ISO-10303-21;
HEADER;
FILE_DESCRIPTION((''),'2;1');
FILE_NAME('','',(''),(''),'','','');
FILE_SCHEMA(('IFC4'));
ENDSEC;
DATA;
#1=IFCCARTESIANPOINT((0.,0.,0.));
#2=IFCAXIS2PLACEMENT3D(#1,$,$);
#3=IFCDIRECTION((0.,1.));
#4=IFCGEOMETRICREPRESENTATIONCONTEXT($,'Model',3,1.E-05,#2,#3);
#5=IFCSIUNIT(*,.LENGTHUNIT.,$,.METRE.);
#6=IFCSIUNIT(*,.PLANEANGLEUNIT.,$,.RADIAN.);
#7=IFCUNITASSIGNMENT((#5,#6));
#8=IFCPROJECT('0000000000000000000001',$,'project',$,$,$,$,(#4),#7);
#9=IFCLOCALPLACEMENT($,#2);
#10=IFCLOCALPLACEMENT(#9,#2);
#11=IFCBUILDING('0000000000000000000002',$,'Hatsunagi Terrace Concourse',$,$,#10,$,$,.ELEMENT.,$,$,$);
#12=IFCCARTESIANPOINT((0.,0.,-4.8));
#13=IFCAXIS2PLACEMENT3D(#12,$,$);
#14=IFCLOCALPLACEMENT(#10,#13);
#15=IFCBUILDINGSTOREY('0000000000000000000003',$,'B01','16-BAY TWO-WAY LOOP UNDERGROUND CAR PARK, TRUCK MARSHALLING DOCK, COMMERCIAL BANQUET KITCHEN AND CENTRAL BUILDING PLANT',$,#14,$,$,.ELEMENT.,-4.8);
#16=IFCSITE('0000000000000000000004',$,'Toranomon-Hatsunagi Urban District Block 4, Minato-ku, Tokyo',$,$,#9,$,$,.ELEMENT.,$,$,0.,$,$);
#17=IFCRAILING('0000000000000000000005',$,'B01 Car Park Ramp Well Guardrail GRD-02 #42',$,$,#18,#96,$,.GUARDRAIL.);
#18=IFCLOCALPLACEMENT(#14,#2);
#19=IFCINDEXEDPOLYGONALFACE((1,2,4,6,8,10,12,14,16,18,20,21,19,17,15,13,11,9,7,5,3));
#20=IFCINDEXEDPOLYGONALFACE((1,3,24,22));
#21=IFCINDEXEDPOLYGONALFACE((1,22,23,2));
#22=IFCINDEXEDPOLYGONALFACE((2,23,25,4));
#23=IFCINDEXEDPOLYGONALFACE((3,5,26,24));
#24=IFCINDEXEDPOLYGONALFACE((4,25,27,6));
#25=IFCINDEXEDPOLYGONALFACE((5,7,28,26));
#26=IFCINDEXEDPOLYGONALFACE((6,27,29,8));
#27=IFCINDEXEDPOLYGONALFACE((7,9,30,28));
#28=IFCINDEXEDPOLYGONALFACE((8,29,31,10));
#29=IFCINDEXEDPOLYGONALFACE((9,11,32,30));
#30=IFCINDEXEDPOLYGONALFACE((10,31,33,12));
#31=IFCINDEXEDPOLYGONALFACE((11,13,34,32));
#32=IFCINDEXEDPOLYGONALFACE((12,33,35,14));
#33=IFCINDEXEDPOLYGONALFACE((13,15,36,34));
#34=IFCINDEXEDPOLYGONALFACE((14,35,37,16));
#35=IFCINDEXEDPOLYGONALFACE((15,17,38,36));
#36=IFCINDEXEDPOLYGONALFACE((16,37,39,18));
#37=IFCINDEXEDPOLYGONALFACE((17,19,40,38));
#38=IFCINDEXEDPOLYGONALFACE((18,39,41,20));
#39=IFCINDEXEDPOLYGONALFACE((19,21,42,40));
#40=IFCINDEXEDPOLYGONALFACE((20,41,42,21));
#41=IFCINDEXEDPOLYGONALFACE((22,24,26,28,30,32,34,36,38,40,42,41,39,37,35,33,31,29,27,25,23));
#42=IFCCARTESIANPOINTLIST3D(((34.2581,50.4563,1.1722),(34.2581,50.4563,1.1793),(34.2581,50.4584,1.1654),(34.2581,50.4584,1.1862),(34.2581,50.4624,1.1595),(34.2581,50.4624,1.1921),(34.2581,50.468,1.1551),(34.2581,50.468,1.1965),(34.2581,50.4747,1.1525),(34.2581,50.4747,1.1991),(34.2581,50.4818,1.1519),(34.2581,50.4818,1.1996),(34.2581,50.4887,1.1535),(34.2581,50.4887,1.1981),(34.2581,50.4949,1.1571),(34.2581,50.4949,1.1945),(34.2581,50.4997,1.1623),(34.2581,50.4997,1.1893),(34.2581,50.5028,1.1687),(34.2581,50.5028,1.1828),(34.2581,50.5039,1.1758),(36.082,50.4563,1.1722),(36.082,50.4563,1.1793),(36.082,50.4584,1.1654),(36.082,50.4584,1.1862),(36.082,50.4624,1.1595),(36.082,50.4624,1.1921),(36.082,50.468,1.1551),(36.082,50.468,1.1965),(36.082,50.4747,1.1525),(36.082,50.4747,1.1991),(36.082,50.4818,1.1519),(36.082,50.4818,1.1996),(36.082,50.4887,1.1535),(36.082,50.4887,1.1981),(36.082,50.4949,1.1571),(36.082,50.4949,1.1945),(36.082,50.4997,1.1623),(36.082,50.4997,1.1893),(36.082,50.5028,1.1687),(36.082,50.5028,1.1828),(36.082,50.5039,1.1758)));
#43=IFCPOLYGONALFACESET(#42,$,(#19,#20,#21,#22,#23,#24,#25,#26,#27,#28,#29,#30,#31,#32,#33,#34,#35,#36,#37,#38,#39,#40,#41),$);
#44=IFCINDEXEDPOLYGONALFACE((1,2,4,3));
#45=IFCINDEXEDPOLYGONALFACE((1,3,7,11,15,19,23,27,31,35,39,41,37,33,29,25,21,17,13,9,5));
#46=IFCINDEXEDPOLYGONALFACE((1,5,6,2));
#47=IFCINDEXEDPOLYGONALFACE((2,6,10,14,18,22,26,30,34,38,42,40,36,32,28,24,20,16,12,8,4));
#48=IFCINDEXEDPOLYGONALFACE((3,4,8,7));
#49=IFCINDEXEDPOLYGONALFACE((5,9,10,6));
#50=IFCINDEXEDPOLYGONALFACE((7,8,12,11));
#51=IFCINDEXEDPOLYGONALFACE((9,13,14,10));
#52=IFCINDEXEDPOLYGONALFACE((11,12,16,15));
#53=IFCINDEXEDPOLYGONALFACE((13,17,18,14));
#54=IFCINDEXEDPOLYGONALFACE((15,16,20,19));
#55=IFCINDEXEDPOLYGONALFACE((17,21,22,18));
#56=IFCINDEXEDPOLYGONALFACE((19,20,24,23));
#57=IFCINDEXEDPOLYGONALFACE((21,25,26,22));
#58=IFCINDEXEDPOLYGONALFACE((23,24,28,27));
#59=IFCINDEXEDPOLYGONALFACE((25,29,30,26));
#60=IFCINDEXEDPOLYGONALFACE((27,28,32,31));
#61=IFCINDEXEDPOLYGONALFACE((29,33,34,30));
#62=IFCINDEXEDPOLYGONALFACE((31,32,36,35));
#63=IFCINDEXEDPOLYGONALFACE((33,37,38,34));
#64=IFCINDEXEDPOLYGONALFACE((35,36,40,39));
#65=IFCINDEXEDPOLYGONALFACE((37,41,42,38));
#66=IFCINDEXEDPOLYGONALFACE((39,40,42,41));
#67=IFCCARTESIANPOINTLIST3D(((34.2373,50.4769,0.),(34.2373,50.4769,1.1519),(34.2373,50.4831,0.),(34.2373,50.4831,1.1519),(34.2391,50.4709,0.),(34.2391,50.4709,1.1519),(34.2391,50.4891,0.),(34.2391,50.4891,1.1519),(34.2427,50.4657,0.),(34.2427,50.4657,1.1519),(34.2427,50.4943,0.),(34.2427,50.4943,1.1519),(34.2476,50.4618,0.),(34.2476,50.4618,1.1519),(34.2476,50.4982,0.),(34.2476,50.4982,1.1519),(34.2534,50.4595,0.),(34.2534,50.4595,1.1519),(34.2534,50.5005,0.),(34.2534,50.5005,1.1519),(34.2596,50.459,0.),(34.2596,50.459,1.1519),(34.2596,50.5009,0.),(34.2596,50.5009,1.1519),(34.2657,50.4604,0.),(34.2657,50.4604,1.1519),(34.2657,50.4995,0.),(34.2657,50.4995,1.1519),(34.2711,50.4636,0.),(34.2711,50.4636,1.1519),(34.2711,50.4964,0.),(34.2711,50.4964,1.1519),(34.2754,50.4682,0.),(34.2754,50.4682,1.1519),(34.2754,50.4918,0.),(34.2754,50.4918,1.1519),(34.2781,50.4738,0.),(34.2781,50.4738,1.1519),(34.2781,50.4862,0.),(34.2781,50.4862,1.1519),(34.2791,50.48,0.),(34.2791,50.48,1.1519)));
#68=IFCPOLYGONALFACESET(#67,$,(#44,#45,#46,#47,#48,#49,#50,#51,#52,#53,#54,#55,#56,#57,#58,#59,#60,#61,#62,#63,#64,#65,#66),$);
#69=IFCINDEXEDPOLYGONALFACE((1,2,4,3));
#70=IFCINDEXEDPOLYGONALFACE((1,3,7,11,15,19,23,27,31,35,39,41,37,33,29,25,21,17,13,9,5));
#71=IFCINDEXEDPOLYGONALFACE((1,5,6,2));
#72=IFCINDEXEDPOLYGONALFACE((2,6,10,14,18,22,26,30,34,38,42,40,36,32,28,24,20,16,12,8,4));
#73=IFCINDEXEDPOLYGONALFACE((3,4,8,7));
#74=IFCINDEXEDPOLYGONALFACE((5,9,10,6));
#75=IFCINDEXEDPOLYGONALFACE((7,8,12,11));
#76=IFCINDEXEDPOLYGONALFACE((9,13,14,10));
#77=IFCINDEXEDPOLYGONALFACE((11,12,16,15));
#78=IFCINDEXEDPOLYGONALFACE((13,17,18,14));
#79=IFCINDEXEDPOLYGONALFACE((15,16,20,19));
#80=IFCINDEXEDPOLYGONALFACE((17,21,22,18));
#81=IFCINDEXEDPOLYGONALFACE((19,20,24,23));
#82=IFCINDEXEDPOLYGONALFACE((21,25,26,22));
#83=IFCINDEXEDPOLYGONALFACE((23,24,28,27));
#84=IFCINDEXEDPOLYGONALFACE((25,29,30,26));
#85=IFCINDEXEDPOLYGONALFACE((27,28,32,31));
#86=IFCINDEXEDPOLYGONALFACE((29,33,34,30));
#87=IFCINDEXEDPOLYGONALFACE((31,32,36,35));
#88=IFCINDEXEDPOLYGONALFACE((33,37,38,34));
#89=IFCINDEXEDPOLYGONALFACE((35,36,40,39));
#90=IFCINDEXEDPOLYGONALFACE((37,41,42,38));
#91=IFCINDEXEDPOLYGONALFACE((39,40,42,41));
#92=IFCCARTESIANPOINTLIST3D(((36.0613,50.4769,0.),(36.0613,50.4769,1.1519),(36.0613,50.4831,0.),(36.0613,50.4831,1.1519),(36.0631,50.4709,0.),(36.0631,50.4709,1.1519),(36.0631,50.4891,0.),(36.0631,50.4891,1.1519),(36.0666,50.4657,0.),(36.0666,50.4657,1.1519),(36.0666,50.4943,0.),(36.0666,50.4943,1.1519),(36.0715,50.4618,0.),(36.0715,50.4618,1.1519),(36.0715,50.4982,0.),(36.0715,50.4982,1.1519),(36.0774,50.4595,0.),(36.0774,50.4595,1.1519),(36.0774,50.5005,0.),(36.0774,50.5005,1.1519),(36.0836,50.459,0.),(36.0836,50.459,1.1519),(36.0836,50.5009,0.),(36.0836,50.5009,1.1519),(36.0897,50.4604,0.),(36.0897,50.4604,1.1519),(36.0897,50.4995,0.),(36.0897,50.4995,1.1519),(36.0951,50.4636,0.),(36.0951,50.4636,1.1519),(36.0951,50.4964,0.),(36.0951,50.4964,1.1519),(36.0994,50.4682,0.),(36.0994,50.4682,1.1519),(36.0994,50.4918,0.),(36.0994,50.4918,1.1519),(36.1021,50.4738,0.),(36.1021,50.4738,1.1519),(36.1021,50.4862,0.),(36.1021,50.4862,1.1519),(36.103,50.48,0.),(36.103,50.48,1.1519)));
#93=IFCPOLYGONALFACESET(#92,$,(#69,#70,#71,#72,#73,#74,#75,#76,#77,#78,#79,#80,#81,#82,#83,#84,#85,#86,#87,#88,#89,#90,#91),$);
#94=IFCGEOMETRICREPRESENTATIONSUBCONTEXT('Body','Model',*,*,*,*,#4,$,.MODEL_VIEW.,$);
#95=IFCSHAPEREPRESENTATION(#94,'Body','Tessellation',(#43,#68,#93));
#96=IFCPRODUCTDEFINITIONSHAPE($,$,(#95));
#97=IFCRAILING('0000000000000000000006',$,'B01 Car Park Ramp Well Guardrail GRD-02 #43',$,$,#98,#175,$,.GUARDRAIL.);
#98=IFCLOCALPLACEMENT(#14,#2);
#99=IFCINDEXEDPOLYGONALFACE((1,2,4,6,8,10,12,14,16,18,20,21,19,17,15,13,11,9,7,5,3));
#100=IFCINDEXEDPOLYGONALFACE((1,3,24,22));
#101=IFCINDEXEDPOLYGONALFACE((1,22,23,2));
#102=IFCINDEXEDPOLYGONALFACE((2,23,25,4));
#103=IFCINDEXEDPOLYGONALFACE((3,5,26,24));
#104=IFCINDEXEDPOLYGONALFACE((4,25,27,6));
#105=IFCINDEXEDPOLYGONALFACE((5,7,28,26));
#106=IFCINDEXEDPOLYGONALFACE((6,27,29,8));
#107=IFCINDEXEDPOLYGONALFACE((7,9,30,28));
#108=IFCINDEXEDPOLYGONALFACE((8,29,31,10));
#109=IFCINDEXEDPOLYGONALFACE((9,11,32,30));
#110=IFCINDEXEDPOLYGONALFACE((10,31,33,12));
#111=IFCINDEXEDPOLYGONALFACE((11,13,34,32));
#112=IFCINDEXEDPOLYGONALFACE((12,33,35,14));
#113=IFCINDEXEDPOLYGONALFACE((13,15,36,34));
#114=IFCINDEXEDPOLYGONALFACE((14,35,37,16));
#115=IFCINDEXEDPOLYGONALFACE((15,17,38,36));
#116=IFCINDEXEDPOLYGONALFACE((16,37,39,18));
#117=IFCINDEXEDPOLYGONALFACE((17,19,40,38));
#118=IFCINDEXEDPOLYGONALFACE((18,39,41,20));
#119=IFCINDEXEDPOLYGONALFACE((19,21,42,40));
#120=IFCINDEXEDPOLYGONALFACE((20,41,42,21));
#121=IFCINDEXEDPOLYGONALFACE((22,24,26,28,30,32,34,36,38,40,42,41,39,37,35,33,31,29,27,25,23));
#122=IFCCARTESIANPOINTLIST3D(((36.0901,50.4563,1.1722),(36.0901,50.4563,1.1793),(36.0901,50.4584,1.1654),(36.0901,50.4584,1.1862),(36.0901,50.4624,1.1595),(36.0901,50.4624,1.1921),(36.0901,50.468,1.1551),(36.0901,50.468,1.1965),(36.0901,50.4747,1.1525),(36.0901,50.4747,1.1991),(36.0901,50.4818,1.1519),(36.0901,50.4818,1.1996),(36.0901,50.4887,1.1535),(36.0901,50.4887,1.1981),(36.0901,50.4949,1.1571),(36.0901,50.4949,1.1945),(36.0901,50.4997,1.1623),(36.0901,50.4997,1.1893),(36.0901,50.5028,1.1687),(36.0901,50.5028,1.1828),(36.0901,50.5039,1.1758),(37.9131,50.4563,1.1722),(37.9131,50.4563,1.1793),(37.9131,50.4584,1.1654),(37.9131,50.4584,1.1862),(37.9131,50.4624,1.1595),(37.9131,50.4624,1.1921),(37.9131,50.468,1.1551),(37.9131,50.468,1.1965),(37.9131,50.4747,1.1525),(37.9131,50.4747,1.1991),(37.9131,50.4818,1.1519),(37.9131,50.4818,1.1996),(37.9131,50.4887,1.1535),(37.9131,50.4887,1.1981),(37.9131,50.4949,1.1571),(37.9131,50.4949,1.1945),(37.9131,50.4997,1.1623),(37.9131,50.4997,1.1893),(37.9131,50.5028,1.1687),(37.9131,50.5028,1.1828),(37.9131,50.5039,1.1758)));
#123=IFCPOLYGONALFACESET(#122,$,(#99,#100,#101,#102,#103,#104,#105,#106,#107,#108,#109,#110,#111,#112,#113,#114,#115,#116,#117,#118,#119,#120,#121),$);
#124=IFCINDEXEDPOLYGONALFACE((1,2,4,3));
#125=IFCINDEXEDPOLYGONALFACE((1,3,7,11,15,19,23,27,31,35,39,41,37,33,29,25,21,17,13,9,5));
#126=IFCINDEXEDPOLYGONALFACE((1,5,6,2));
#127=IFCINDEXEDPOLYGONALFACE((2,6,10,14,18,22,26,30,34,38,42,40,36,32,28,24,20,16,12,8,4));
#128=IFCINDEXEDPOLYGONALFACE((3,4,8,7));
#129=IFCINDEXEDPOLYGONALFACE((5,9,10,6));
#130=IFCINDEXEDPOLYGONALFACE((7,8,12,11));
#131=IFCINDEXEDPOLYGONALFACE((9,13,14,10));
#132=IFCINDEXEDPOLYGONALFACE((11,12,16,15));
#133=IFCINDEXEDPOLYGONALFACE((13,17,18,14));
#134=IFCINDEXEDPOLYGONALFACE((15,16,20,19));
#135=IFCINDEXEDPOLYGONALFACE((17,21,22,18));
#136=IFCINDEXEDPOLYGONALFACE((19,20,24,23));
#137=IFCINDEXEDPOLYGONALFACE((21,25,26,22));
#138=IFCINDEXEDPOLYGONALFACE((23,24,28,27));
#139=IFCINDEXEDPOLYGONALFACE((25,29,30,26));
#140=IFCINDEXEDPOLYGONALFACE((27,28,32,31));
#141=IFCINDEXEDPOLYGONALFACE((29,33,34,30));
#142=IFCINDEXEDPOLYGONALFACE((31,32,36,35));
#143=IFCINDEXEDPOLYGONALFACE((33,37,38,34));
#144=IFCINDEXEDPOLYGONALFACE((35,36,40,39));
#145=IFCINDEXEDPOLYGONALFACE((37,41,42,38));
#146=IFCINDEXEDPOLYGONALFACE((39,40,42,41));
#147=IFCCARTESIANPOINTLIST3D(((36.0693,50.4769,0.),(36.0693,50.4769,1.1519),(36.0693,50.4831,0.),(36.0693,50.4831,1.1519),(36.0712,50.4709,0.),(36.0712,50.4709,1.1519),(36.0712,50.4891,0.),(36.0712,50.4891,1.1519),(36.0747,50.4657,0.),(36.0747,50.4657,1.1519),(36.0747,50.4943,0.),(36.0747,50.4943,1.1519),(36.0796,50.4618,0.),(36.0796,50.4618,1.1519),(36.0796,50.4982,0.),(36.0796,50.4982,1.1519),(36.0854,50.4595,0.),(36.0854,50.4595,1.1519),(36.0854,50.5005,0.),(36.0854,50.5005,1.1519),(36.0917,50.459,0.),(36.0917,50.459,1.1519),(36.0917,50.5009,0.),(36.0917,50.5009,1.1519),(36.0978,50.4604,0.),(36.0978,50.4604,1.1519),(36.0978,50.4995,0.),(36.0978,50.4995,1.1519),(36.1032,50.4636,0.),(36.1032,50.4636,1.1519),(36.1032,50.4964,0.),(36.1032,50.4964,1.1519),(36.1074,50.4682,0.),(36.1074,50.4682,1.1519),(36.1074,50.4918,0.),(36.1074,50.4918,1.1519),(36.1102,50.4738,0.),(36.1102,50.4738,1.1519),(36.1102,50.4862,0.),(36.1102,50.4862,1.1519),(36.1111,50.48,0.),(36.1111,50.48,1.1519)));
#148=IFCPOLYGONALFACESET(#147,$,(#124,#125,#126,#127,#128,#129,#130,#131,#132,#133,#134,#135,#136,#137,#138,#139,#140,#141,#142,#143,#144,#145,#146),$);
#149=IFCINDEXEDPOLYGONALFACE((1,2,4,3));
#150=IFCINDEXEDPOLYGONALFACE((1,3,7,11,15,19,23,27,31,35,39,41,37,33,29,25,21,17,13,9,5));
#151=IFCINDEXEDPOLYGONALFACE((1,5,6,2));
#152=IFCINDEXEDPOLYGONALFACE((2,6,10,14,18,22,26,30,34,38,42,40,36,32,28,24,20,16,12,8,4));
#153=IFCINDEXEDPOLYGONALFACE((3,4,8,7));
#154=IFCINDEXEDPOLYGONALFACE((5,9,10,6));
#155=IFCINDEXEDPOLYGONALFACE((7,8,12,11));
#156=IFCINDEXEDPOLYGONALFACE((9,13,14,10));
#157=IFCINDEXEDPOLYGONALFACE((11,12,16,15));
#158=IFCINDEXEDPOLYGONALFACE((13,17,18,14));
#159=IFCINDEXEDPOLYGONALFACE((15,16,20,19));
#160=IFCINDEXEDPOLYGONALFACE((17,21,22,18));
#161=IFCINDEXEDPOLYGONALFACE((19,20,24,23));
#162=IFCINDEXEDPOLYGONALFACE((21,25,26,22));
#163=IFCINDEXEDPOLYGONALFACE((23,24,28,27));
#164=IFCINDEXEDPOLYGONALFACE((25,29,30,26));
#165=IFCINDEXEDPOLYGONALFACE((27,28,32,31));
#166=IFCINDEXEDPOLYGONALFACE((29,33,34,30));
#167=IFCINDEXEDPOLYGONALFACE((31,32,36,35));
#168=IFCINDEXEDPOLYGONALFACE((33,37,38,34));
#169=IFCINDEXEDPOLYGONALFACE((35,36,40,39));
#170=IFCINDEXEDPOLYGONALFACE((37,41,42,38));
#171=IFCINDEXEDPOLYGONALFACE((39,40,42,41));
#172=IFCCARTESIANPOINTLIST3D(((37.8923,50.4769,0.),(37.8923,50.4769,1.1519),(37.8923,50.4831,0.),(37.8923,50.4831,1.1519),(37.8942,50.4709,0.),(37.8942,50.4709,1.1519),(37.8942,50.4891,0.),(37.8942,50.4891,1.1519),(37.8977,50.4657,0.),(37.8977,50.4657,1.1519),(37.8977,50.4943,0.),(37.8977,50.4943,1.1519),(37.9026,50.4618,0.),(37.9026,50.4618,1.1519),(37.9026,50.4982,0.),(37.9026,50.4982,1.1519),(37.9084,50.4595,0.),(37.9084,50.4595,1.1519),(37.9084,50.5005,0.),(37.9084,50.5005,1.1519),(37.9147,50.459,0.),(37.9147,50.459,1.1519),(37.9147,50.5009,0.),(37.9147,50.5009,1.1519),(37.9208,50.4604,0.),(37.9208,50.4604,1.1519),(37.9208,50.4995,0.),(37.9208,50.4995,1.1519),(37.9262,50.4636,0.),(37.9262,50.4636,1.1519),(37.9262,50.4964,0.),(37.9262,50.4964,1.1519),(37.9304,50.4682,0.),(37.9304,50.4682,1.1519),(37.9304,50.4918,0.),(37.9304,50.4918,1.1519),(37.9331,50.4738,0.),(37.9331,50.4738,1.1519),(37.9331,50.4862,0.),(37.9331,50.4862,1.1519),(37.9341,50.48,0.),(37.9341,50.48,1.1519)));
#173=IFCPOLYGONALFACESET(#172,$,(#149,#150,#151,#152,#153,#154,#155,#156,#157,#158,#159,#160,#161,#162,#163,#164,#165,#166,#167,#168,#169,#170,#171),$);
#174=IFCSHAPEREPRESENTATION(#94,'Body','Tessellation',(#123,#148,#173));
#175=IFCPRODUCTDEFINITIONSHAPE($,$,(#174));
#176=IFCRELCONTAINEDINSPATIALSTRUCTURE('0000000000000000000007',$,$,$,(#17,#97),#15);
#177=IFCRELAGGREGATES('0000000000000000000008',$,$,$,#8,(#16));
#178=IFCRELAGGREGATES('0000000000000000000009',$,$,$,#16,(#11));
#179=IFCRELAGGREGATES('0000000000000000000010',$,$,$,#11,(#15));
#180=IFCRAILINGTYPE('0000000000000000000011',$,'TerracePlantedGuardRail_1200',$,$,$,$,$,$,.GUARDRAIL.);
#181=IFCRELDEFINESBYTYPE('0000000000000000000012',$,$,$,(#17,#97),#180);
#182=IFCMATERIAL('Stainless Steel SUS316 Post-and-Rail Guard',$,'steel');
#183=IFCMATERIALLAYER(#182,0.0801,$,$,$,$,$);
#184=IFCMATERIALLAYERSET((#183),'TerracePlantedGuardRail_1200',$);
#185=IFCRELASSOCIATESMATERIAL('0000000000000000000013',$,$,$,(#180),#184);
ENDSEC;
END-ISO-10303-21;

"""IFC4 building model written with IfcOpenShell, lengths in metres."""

from ifc_helpers import new_model, si_unit, direction, frame, origin, origin_2d, place, context, subcontext, project, spatial, circle, extrude, material, layer, layer_set, type_object, element, save


model = new_model("IFC4")

# Units and contexts
model_context = context("Model", 3, precision=1e-05, world=origin(), true_north=direction((0.0, 1.0)))
body_context = subcontext(model_context, "Body", "Model", "MODEL_VIEW")
ifc_project = project(units=[si_unit("LENGTHUNIT", "METRE"), si_unit("PLANEANGLEUNIT", "RADIAN")], contexts=[model_context])

# Site, building, storey
site_placement = place(None, origin())
site = spatial("IfcSite", under=ifc_project, at=site_placement, Name="Toranomon-Hatsunagi Urban District Block 4, Minato-ku, Tokyo", CompositionType="ELEMENT", RefElevation=0.0)
building_placement = place(site_placement, origin())
building = spatial("IfcBuilding", under=site, at=building_placement, Name="Hatsunagi Terrace Concourse", CompositionType="ELEMENT")
storey_placement = place(building_placement, frame((0.0, 0.0, -4.8)))
storey = spatial("IfcBuildingStorey", under=building, at=storey_placement, Name="B01", Description="16-BAY TWO-WAY LOOP UNDERGROUND CAR PARK, TRUCK MARSHALLING DOCK, COMMERCIAL BANQUET KITCHEN AND CENTRAL BUILDING PLANT", CompositionType="ELEMENT", Elevation=-4.8)

# Railings
ifc_material_1 = material(Name="Stainless Steel SUS316 Post-and-Rail Guard", Category="steel")
ifc_layer_1 = layer(ifc_material_1, 0.0801)
ifc_layer_set_1 = layer_set([ifc_layer_1], Name="TerracePlantedGuardRail_1200")
railing_type_1 = type_object("IfcRailingType", Name="TerracePlantedGuardRail_1200", PredefinedType="GUARDRAIL", material=ifc_layer_set_1)
railing_1_placement = place(storey_placement, frame((34.2581, 50.48, 0.0)))
element("IfcRailing", 1, at=railing_1_placement, inside=storey, type_object=railing_type_1, Name="B01 Car Park Ramp Well Guardrail GRD-02 #42", PredefinedType="GUARDRAIL", context=body_context, shape_type="SweptSolid", body=[
    extrude(circle(Radius=0.0239, at=origin_2d()), frame((0.0, 0.0, 1.1758), z_axis=(1.0, 0.0, 0.0), x_axis=(0.0, 1.0, 0.0)), (0.0, 0.0, 1.0), 1.824),
    extrude(circle(Radius=0.021, at=origin_2d()), origin(), (0.0, 0.0, 1.0), 1.1519),
    extrude(circle(Radius=0.021, at=origin_2d()), frame((1.824, 0.0, 0.0)), (0.0, 0.0, 1.0), 1.1519),
])
railing_2_placement = place(storey_placement, frame((36.0901, 50.48, 0.0)))
element("IfcRailing", 2, at=railing_2_placement, inside=storey, type_object=railing_type_1, Name="B01 Car Park Ramp Well Guardrail GRD-02 #43", PredefinedType="GUARDRAIL", context=body_context, shape_type="SweptSolid", body=[
    extrude(circle(Radius=0.0239, at=origin_2d()), frame((0.0, 0.0, 1.1758), z_axis=(1.0, 0.0, 0.0), x_axis=(0.0, 1.0, 0.0)), (0.0, 0.0, 1.0), 1.823),
    extrude(circle(Radius=0.021, at=origin_2d()), origin(), (0.0, 0.0, 1.0), 1.1519),
    extrude(circle(Radius=0.021, at=origin_2d()), frame((1.823, 0.0, 0.0)), (0.0, 0.0, 1.0), 1.1519),
])

save(model, "model.ifc")
